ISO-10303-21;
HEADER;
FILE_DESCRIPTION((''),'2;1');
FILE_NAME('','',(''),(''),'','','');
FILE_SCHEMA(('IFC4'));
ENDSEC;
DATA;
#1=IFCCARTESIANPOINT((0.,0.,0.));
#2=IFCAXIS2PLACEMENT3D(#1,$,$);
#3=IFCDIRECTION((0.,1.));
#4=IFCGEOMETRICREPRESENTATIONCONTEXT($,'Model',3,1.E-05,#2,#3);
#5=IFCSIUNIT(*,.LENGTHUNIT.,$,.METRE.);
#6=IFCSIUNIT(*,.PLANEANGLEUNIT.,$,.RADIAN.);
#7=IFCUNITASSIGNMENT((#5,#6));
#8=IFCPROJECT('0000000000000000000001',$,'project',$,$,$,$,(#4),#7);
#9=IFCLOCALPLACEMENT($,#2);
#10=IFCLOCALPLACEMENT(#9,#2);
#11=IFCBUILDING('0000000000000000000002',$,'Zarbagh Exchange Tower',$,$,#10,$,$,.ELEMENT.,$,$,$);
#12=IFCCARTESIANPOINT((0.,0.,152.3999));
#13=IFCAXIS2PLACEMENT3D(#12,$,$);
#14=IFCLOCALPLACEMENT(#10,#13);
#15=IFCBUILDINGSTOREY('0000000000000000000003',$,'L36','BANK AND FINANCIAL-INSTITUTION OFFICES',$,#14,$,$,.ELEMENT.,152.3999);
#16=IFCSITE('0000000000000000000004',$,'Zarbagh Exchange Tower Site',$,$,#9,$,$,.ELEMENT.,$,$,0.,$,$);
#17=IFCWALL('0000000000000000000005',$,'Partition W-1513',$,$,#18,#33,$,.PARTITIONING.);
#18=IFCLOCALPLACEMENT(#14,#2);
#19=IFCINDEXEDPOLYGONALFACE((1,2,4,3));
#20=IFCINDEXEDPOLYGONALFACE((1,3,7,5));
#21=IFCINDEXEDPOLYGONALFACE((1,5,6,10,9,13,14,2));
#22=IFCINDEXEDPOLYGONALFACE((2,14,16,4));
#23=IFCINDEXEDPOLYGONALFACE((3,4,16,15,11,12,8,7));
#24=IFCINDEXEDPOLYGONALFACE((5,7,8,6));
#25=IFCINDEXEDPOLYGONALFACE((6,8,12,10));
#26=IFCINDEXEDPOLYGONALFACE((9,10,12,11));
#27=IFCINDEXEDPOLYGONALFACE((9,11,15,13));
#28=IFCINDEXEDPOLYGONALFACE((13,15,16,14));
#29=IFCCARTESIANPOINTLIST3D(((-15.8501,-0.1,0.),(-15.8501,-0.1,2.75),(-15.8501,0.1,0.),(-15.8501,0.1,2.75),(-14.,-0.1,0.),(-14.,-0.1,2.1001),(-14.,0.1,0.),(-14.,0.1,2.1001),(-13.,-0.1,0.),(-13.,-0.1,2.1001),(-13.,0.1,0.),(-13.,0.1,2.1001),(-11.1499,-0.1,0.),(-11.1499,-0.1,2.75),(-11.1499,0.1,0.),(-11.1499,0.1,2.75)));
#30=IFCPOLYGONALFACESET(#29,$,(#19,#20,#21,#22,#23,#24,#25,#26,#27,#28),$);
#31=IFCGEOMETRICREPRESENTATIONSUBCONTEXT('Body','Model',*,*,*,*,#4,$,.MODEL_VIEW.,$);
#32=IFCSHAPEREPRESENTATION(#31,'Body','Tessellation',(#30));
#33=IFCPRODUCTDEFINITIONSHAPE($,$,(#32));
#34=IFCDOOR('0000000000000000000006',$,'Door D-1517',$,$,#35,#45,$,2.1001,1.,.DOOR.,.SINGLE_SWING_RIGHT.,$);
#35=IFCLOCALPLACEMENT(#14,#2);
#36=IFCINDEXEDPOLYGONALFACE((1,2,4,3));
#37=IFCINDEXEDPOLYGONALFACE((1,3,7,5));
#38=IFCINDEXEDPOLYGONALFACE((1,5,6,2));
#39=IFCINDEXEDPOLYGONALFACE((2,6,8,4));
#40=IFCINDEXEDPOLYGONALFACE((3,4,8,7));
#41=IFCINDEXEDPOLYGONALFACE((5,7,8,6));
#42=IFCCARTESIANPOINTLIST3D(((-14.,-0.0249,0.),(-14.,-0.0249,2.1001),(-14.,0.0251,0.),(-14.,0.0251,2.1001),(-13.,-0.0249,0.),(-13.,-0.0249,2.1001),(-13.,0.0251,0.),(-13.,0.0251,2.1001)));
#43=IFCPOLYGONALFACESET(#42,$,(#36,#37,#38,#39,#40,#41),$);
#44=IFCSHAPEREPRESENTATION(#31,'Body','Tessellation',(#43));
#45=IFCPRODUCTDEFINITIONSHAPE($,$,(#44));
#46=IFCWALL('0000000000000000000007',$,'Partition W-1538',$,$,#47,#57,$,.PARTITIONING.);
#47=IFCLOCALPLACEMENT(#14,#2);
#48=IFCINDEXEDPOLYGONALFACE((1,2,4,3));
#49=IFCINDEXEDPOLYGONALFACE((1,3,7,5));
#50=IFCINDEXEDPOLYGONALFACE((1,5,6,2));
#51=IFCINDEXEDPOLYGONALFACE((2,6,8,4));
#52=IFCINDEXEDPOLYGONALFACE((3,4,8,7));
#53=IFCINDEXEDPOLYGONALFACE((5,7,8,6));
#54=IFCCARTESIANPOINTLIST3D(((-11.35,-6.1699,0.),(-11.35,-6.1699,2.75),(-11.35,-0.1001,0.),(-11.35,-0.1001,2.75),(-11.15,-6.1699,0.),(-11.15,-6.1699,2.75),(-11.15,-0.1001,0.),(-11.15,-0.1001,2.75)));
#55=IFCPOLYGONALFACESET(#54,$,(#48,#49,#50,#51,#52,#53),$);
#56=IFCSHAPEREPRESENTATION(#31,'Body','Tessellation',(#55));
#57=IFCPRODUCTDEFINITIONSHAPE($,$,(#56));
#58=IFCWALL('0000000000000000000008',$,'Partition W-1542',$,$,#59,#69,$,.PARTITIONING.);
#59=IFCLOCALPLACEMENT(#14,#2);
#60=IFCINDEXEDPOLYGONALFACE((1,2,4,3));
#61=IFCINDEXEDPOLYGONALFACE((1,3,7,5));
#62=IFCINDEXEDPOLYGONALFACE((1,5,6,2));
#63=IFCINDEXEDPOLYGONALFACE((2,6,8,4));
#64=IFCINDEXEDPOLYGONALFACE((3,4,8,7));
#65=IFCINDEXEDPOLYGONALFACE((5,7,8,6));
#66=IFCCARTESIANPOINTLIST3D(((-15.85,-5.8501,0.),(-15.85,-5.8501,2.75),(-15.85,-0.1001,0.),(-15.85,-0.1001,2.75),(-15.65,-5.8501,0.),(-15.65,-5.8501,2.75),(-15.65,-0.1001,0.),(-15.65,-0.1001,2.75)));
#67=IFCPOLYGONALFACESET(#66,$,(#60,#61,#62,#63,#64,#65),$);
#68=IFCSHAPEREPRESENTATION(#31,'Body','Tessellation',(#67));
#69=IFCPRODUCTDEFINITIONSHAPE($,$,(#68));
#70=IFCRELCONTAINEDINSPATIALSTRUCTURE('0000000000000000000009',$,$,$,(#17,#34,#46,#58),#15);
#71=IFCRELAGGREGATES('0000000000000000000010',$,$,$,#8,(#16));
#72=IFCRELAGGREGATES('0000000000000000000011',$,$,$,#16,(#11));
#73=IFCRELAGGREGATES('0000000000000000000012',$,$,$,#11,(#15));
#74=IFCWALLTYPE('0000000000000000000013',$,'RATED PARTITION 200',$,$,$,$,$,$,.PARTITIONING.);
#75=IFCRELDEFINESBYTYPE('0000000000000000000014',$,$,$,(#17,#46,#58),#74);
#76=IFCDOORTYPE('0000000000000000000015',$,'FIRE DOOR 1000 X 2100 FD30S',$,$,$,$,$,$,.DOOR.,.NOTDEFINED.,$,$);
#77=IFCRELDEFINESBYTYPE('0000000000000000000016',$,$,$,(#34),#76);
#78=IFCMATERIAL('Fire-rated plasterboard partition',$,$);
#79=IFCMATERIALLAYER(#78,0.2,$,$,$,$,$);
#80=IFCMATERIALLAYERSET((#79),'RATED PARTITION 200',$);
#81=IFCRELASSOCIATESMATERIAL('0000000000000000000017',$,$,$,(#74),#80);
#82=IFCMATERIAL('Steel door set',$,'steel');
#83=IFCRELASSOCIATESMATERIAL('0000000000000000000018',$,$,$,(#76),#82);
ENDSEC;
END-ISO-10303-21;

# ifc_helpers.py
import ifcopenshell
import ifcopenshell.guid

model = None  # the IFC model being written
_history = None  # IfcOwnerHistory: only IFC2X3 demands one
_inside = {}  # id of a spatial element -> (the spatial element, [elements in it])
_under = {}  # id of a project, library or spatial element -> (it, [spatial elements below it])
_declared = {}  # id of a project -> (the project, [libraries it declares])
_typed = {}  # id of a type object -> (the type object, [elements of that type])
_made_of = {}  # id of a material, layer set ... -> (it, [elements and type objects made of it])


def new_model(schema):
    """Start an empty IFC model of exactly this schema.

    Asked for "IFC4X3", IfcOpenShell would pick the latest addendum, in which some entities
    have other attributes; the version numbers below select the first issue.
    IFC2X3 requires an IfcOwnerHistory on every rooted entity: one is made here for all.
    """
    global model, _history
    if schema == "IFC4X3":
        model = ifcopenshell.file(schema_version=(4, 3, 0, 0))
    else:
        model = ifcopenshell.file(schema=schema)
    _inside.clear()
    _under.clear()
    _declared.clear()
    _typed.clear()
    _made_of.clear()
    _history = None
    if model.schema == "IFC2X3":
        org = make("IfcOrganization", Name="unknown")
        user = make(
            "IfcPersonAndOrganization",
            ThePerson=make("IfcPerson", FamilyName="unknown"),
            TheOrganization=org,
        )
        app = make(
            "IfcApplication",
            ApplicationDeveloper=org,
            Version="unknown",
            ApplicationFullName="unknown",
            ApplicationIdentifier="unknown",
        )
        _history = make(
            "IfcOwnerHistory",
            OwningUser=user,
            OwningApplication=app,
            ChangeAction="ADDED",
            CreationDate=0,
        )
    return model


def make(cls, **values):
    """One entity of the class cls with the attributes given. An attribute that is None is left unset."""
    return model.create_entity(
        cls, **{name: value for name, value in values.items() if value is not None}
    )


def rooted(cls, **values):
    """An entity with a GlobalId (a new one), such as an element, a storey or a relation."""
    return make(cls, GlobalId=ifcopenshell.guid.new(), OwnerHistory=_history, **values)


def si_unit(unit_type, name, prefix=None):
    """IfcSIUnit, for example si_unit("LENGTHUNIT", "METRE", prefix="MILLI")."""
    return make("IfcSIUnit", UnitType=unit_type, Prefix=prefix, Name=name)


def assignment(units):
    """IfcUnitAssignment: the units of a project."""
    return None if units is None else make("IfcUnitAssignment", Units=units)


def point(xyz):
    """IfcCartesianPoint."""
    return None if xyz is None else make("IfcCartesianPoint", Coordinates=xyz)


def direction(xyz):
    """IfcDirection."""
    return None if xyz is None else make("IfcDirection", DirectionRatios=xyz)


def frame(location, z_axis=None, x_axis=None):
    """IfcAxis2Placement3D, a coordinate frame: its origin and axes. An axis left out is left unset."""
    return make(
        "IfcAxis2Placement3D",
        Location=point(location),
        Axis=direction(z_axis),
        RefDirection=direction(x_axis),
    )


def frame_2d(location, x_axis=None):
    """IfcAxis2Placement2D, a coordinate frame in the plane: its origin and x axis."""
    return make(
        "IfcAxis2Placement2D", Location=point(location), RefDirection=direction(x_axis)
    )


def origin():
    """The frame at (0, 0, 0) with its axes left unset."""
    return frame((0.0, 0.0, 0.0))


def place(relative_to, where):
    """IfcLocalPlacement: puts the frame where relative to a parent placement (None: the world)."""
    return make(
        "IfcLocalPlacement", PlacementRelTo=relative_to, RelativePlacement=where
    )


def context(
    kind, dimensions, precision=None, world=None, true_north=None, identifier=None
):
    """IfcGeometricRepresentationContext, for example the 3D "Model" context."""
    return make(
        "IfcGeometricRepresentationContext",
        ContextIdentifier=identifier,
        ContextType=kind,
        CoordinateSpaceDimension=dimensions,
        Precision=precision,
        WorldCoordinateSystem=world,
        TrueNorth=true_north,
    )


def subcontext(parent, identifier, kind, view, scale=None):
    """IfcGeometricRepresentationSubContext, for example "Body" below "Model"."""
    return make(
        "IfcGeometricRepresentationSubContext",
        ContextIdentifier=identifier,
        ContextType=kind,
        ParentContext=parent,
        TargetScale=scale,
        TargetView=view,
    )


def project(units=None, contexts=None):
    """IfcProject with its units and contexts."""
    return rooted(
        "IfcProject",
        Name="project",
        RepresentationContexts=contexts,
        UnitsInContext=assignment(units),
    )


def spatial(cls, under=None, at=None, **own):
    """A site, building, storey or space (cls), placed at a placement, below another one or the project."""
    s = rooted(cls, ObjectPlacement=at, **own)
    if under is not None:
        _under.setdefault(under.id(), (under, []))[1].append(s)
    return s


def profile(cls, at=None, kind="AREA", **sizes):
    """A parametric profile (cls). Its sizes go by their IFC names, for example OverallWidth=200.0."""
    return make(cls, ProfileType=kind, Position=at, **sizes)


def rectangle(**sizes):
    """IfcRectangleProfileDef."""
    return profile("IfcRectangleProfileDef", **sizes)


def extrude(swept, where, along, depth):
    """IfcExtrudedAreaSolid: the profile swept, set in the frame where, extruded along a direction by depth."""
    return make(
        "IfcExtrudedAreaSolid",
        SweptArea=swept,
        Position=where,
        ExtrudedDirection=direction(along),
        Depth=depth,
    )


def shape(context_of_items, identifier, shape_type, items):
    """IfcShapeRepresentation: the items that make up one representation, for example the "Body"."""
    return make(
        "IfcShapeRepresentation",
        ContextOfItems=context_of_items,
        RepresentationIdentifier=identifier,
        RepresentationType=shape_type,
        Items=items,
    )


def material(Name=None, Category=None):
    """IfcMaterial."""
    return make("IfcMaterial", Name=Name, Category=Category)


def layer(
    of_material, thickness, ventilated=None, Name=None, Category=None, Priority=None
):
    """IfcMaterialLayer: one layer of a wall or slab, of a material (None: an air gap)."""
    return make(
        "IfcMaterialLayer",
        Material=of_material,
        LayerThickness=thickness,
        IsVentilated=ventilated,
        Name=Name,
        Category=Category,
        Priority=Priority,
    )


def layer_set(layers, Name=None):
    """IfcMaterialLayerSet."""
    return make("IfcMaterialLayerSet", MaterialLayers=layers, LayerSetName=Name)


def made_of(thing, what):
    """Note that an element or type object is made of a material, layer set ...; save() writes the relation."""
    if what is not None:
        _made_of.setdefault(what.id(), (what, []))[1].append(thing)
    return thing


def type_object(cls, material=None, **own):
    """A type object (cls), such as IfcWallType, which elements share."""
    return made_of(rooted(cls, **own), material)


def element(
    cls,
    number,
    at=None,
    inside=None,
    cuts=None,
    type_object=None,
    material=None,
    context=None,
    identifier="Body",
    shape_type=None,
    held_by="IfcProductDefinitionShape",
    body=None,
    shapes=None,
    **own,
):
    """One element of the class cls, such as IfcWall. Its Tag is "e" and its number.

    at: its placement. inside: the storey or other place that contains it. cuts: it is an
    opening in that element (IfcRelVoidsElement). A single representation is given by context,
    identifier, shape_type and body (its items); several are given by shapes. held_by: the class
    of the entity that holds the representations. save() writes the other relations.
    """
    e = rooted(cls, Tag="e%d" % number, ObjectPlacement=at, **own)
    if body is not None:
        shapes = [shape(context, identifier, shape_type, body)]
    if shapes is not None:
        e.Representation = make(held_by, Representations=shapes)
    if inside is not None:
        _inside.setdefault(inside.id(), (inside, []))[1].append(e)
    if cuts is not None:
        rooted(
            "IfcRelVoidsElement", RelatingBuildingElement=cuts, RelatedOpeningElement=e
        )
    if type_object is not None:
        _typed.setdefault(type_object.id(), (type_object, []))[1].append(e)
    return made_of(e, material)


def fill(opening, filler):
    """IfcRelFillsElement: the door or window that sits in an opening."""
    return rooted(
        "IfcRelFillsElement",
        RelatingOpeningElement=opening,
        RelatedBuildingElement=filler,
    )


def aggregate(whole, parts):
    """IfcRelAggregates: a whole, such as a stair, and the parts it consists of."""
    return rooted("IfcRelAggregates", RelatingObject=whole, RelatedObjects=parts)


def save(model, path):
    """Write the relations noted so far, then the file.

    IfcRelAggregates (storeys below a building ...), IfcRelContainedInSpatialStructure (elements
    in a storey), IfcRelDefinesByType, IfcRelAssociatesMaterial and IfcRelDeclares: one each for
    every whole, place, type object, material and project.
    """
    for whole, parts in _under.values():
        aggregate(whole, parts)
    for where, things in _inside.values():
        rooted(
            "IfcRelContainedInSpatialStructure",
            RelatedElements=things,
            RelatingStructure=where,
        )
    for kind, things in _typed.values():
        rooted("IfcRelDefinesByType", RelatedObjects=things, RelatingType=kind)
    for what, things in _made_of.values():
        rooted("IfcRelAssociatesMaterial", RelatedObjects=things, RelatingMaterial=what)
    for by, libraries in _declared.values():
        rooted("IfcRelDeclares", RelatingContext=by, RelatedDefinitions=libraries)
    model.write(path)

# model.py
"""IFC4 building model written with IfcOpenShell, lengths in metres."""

from ifc_helpers import new_model, si_unit, direction, frame, frame_2d, origin, place, context, subcontext, project, spatial, rectangle, extrude, material, layer, layer_set, type_object, element, fill, save


model = new_model("IFC4")

# Units and contexts
model_context = context("Model", 3, precision=1e-05, world=origin(), true_north=direction((0.0, 1.0)))
body_context = subcontext(model_context, "Body", "Model", "MODEL_VIEW")
ifc_project = project(units=[si_unit("LENGTHUNIT", "METRE"), si_unit("PLANEANGLEUNIT", "RADIAN")], contexts=[model_context])

# Site, building, storey
site_placement = place(None, origin())
site = spatial("IfcSite", under=ifc_project, at=site_placement, Name="Zarbagh Exchange Tower Site", CompositionType="ELEMENT", RefElevation=0.0)
building_placement = place(site_placement, origin())
building = spatial("IfcBuilding", under=site, at=building_placement, Name="Zarbagh Exchange Tower", CompositionType="ELEMENT")
storey_placement = place(building_placement, frame((0.0, 0.0, 152.3999)))
storey = spatial("IfcBuildingStorey", under=building, at=storey_placement, Name="L36", Description="BANK AND FINANCIAL-INSTITUTION OFFICES", CompositionType="ELEMENT", Elevation=152.3999)

# Wall, opening, door
ifc_material_1 = material(Name="Fire-rated plasterboard partition")
ifc_layer_1 = layer(ifc_material_1, 0.2)
ifc_layer_set_1 = layer_set([ifc_layer_1], Name="RATED PARTITION 200")
wall_type_1 = type_object("IfcWallType", Name="RATED PARTITION 200", PredefinedType="PARTITIONING", material=ifc_layer_set_1)
ifc_material_2 = material(Name="Steel door set", Category="steel")
door_type_1 = type_object("IfcDoorType", Name="FIRE DOOR 1000 X 2100 FD30S", OperationType="NOTDEFINED", PredefinedType="DOOR", material=ifc_material_2)
wall_1_placement = place(storey_placement, frame((-11.1499, 0.0, 0.0), z_axis=(0.0, 0.0, 1.0), x_axis=(-1.0, 0.0, 0.0)))
wall_1 = element("IfcWall", 1, at=wall_1_placement, inside=storey, type_object=wall_type_1, Name="Partition W-1513", PredefinedType="PARTITIONING", context=body_context, shape_type="SweptSolid", body=[
    extrude(rectangle(XDim=4.7002, YDim=0.2, at=frame_2d((2.3501, 0.0))), origin(), (0.0, 0.0, 1.0), 2.75),
])
opening_1_placement = place(wall_1_placement, frame((1.8501, 0.0, 0.0)))
opening_1 = element("IfcOpeningElement", 2, at=opening_1_placement, cuts=wall_1, PredefinedType="OPENING", context=body_context, shape_type="SweptSolid", body=[
    extrude(rectangle(XDim=1.0, YDim=2.1001, at=frame_2d((0.5, 1.05))), frame((0.0, 0.1099, 0.0), z_axis=(0.0, -1.0, 0.0), x_axis=(1.0, 0.0, 0.0)), (0.0, 0.0, 1.0), 0.22),
])
door_1_placement = place(opening_1_placement, origin())
door_1 = element("IfcDoor", 3, at=door_1_placement, inside=storey, type_object=door_type_1, Name="Door D-1517", OperationType="SINGLE_SWING_RIGHT", OverallHeight=2.1001, OverallWidth=1.0, PredefinedType="DOOR", context=body_context, shape_type="SweptSolid", body=[
    extrude(rectangle(XDim=1.0, YDim=2.1001, at=frame_2d((0.5, 1.05))), frame((0.0, 0.0249, 0.0), z_axis=(0.0, -1.0, 0.0), x_axis=(1.0, 0.0, 0.0)), (0.0, 0.0, 1.0), 0.05),
])
fill(opening_1, door_1)

# Walls
wall_2_placement = place(storey_placement, frame((-11.25, -6.1699, 0.0), z_axis=(0.0, 0.0, 1.0), x_axis=(0.0, 1.0, 0.0)))
element("IfcWall", 4, at=wall_2_placement, inside=storey, type_object=wall_type_1, Name="Partition W-1538", PredefinedType="PARTITIONING", context=body_context, shape_type="SweptSolid", body=[
    extrude(rectangle(XDim=6.0698, YDim=0.2, at=frame_2d((3.0349, 0.0))), origin(), (0.0, 0.0, 1.0), 2.75),
])
wall_3_placement = place(storey_placement, frame((-15.75, -5.8501, 0.0), z_axis=(0.0, 0.0, 1.0), x_axis=(0.0, 1.0, 0.0)))
element("IfcWall", 5, at=wall_3_placement, inside=storey, type_object=wall_type_1, Name="Partition W-1542", PredefinedType="PARTITIONING", context=body_context, shape_type="SweptSolid", body=[
    extrude(rectangle(XDim=5.75, YDim=0.2, at=frame_2d((2.875, 0.0))), origin(), (0.0, 0.0, 1.0), 2.75),
])

save(model, "model.ifc")
